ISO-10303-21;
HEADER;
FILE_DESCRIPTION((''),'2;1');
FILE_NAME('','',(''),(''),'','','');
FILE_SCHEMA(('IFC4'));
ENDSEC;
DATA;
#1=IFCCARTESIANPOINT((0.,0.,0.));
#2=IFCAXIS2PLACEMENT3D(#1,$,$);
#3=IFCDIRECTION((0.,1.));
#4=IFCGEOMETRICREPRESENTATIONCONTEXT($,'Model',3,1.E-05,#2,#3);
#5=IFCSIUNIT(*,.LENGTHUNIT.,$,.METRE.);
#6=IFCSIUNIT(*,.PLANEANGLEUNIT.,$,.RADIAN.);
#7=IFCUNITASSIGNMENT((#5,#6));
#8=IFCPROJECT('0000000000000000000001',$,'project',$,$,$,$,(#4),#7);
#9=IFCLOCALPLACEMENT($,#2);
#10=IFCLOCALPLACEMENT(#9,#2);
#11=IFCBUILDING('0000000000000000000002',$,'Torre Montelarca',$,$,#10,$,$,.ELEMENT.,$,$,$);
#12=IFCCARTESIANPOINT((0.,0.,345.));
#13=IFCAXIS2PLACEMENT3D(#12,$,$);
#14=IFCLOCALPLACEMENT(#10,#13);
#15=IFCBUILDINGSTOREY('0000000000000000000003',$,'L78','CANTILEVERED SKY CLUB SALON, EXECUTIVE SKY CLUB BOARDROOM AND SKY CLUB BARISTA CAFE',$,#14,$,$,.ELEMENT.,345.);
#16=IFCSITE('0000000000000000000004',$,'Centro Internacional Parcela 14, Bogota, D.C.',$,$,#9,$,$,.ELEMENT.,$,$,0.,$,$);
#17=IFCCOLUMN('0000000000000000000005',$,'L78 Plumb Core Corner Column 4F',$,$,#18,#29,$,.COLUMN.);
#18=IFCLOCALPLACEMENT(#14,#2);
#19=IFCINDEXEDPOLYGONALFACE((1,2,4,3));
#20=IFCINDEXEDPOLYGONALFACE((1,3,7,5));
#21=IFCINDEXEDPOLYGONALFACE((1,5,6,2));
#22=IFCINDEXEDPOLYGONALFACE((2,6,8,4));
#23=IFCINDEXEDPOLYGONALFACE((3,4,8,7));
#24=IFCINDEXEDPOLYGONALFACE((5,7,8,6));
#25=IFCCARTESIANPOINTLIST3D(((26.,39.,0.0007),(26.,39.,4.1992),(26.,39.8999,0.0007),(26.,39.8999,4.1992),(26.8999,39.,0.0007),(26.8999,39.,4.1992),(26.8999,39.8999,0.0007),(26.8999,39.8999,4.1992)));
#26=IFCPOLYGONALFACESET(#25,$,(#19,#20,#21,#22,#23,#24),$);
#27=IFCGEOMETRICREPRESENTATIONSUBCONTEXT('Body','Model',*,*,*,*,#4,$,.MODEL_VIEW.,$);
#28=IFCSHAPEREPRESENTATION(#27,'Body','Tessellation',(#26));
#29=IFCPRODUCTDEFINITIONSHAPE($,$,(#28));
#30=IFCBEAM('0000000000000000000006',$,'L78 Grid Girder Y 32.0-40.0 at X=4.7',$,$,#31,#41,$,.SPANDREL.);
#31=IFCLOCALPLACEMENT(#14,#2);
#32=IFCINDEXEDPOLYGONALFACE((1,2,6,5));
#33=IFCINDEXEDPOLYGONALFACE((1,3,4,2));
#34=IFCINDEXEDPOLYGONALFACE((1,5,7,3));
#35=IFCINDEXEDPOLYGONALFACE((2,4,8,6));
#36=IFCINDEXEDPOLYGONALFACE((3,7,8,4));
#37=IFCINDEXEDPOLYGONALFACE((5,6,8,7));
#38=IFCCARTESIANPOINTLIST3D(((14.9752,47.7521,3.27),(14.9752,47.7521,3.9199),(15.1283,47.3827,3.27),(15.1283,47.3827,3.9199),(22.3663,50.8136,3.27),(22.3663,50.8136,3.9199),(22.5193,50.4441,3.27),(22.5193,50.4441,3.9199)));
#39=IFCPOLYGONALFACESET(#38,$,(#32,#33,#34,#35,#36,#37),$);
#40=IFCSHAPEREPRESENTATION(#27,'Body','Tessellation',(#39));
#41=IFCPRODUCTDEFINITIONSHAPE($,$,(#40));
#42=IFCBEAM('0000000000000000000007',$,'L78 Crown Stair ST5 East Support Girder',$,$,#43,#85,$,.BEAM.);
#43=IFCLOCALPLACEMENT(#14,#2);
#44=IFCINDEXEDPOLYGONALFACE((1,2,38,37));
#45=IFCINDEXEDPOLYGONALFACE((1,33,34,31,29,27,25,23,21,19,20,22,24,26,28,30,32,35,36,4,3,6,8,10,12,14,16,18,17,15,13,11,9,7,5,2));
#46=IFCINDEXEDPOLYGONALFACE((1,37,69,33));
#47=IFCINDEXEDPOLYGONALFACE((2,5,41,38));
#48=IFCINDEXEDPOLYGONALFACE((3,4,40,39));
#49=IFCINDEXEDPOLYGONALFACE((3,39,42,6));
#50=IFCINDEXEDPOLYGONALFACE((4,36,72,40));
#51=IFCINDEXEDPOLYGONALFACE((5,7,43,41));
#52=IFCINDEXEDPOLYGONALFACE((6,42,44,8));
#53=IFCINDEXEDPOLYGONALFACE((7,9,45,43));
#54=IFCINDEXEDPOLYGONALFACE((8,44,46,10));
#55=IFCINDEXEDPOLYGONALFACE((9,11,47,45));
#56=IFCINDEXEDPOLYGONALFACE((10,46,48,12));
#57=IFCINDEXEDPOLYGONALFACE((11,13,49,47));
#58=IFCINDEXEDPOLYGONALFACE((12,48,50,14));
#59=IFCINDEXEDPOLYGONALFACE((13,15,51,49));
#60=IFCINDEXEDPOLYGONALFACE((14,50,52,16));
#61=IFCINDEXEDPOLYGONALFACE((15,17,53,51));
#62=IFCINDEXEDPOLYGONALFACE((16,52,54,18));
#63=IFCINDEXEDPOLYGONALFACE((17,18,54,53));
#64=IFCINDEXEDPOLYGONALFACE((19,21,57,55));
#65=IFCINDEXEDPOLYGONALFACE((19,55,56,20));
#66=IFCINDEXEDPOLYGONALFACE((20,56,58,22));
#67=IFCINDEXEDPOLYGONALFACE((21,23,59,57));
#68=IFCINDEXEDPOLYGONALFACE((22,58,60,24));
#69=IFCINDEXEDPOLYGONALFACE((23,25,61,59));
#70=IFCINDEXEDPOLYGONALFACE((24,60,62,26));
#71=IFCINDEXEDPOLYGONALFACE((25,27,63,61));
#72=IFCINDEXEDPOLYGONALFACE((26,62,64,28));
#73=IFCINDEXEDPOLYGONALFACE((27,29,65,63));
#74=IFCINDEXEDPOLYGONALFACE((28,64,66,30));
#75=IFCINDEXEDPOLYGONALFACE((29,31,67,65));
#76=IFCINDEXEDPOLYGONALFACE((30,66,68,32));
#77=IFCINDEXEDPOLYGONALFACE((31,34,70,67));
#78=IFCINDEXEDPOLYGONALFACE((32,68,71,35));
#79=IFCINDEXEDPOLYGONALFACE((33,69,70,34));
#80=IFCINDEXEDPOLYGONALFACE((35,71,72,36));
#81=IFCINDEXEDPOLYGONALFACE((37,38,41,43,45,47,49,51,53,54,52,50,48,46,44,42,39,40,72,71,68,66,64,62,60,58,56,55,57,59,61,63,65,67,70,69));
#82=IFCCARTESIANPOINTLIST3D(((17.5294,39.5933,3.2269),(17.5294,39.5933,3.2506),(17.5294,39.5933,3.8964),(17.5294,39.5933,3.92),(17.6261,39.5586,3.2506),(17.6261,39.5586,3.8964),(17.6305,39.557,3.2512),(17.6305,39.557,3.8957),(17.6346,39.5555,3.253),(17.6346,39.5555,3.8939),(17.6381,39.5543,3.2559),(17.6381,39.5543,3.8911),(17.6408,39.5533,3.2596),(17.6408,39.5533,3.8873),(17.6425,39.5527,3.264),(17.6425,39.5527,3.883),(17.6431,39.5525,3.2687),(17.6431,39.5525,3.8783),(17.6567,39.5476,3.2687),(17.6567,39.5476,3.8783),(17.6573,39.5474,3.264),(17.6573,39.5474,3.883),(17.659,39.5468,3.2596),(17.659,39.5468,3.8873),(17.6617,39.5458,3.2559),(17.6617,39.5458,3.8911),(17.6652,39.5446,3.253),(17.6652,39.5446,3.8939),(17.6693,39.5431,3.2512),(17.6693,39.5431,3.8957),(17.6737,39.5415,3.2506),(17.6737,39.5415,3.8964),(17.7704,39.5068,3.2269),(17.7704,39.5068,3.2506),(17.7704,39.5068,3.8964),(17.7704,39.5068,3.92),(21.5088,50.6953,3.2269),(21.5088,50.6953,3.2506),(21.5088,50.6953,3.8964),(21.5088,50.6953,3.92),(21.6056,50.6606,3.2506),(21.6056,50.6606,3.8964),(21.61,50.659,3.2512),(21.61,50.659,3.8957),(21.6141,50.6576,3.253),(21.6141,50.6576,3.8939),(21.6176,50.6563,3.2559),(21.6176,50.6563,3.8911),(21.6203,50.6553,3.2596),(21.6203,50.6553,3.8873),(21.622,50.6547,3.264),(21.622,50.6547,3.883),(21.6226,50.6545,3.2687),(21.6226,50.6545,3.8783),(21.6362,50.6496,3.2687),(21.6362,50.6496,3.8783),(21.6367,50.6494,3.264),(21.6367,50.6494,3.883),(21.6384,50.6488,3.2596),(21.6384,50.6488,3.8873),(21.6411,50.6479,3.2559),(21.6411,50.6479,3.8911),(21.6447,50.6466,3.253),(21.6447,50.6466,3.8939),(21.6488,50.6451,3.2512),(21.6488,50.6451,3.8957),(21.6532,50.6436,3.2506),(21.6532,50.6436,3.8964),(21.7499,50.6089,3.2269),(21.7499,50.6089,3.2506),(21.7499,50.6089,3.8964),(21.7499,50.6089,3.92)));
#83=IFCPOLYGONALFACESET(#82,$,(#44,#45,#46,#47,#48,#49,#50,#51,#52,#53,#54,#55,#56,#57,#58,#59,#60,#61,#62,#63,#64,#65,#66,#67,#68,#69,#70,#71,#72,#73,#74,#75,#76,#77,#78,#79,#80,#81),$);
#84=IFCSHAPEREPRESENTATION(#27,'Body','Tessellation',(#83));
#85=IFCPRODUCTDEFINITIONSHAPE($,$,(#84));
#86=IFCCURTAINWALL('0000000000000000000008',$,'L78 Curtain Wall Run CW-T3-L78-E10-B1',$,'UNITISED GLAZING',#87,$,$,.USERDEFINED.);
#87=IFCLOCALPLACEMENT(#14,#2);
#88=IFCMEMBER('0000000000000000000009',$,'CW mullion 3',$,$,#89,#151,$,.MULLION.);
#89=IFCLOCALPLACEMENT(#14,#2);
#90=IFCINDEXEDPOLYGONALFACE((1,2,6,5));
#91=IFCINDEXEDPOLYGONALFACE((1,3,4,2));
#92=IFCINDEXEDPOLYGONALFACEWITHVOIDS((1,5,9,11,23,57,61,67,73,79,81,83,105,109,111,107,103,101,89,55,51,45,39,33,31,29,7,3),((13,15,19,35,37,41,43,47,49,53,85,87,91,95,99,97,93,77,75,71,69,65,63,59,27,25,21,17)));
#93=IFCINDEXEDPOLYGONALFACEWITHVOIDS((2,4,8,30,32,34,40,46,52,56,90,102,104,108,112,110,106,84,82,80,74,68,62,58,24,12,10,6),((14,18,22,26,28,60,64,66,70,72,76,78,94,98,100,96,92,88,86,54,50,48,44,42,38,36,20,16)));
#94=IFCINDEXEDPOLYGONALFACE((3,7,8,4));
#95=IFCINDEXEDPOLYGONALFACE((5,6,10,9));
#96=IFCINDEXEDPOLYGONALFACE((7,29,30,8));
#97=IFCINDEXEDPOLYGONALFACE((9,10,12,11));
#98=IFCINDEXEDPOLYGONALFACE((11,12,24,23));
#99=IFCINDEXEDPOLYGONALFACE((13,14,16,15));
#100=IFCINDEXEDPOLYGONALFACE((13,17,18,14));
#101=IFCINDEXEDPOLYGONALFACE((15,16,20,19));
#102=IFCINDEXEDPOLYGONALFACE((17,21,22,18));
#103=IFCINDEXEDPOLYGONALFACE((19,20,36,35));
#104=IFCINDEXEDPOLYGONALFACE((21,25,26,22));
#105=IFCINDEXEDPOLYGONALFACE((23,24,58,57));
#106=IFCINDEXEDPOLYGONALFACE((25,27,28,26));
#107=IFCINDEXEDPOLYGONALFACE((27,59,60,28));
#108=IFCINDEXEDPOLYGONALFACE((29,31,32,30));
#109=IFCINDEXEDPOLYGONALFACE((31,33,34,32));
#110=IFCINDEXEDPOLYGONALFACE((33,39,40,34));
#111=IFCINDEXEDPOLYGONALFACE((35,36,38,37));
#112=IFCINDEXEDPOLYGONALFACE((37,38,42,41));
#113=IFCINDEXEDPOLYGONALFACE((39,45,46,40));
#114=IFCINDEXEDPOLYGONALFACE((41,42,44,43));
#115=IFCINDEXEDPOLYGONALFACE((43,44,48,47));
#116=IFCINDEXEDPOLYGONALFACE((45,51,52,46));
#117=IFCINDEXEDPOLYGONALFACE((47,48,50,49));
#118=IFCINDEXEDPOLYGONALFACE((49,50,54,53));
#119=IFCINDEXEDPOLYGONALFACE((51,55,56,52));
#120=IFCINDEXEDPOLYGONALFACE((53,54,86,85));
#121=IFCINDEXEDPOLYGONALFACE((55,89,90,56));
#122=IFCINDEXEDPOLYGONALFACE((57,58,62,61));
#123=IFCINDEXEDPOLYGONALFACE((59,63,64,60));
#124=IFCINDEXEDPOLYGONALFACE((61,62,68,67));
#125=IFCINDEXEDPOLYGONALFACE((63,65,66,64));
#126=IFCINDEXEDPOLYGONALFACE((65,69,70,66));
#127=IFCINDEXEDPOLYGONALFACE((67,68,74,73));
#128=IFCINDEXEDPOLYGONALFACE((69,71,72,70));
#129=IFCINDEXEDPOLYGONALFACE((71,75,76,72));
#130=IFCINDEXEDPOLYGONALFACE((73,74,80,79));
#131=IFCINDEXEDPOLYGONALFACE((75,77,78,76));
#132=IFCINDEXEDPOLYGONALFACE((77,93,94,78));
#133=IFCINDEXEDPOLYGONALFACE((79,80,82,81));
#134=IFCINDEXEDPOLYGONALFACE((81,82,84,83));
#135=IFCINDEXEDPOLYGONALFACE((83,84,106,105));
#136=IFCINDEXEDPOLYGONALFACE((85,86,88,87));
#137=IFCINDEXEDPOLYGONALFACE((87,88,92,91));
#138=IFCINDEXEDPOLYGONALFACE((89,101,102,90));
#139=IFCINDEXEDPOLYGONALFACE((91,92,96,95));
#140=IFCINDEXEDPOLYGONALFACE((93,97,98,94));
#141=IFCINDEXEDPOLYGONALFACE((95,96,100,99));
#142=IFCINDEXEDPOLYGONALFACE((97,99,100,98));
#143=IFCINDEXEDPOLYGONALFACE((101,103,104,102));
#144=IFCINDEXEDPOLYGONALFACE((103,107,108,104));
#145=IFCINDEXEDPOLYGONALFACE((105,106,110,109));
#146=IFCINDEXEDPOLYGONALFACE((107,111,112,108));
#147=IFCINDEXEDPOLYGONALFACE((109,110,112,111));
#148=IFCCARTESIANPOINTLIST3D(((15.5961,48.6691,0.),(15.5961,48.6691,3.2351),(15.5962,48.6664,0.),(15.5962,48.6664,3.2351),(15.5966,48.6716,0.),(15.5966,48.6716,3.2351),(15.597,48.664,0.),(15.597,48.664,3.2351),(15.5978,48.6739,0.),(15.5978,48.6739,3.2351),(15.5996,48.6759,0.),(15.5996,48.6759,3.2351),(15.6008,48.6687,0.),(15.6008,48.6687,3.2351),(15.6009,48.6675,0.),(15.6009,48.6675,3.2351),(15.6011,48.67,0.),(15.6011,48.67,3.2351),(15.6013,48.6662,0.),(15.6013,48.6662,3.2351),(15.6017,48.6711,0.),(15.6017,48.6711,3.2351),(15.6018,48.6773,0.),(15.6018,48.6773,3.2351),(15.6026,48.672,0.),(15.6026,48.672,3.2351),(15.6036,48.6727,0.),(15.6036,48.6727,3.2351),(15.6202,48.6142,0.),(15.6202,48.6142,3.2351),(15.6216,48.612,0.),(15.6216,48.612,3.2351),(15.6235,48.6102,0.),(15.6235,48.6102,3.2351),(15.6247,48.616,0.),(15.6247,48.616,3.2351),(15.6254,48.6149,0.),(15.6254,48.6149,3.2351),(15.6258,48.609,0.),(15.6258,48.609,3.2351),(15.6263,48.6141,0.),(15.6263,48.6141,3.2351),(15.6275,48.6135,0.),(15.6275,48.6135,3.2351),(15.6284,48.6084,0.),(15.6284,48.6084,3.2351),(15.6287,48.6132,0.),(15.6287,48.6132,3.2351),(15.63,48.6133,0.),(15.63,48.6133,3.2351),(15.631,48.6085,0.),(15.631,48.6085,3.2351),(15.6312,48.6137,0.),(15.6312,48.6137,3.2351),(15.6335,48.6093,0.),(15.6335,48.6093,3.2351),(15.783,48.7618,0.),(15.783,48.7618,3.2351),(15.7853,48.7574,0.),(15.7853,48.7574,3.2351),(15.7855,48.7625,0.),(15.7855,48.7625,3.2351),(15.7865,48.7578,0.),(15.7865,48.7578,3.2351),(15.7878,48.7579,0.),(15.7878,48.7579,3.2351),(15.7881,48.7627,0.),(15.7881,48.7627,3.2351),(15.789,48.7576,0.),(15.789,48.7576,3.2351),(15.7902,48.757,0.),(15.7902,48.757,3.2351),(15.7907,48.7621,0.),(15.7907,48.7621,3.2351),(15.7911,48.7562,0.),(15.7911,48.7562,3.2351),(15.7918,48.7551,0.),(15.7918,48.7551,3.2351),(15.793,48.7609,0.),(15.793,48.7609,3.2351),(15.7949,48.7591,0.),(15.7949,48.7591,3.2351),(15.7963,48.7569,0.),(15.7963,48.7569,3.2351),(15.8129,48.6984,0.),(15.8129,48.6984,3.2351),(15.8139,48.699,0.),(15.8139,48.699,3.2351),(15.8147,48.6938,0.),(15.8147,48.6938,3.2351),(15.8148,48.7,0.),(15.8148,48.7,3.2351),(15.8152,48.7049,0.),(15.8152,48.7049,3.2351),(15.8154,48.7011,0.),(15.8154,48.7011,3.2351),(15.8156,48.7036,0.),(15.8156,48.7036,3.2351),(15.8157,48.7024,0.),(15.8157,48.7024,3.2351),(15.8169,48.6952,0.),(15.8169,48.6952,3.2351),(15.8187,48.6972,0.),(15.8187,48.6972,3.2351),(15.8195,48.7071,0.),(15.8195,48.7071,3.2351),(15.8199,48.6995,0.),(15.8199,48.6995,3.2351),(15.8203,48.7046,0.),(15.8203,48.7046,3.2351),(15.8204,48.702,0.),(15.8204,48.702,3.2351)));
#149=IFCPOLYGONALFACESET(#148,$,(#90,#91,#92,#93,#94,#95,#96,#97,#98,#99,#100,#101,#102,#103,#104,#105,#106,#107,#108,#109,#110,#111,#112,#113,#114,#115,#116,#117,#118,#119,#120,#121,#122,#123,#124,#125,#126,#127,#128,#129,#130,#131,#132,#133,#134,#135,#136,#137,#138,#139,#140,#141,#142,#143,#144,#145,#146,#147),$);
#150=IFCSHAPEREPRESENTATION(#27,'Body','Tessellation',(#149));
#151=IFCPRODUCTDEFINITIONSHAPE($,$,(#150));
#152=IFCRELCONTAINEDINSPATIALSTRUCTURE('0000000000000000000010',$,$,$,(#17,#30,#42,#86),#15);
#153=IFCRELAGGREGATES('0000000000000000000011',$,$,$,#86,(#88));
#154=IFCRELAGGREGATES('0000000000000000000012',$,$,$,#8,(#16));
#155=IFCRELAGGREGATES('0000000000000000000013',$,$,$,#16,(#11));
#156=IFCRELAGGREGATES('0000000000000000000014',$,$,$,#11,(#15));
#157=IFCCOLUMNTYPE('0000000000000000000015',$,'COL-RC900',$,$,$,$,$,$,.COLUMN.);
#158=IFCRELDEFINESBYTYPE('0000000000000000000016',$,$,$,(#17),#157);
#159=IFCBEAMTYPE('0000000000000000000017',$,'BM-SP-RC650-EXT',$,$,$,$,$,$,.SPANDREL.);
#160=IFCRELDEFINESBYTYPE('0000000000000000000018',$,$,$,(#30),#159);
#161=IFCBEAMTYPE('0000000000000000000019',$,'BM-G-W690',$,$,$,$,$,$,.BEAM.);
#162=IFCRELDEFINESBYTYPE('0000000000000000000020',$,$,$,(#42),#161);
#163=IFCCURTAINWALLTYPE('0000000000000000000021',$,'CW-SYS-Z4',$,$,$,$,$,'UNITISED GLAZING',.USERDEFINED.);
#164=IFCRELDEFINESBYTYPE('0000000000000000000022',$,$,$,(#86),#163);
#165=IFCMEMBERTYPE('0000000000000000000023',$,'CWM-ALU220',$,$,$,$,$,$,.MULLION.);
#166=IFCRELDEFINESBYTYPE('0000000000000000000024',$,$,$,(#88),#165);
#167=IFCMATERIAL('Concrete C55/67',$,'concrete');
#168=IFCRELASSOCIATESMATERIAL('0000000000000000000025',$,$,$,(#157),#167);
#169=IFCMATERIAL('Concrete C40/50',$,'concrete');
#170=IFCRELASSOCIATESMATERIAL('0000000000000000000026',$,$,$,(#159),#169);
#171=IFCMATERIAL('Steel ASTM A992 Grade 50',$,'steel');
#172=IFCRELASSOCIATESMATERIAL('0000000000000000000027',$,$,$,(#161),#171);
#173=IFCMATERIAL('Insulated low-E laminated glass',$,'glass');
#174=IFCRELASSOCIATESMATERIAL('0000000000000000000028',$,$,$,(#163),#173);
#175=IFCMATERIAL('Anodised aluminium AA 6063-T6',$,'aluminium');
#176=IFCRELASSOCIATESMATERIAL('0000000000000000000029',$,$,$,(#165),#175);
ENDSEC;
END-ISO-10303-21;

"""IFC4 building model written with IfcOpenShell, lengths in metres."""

from ifc_helpers import new_model, si_unit, direction, frame, origin, origin_2d, place, context, subcontext, project, spatial, rectangle, hollow_rectangle, i_section, extrude, source, transform, mapped, material, material_profile, profile_set, type_object, element, aggregate, save


model = new_model("IFC4")

# Units and contexts
model_context = context("Model", 3, precision=1e-05, world=origin(), true_north=direction((0.0, 1.0)))
body_context = subcontext(model_context, "Body", "Model", "MODEL_VIEW")
ifc_project = project(units=[si_unit("LENGTHUNIT", "METRE"), si_unit("PLANEANGLEUNIT", "RADIAN")], contexts=[model_context])

# Site, building, storey
site_placement = place(None, origin())
site = spatial("IfcSite", under=ifc_project, at=site_placement, Name="Centro Internacional Parcela 14, Bogota, D.C.", CompositionType="ELEMENT", RefElevation=0.0)
building_placement = place(site_placement, origin())
building = spatial("IfcBuilding", under=site, at=building_placement, Name="Torre Montelarca", CompositionType="ELEMENT")
storey_placement = place(building_placement, frame((0.0, 0.0, 345.0)))
storey = spatial("IfcBuildingStorey", under=building, at=storey_placement, Name="L78", Description="CANTILEVERED SKY CLUB SALON, EXECUTIVE SKY CLUB BOARDROOM AND SKY CLUB BARISTA CAFE", CompositionType="ELEMENT", Elevation=345.0)

# Column
ifc_material_1 = material(Name="Concrete C40/50", Category="concrete")
ifc_material_2 = material(Name="Concrete C55/67", Category="concrete")
ifc_material_profile_1 = material_profile(ifc_material_2, rectangle(XDim=0.8999, YDim=0.8999, at=origin_2d()), Name="RC900X900", Category="concrete")
ifc_profile_set_1 = profile_set([ifc_material_profile_1], Name="Concrete C55/67")
column_type_1 = type_object("IfcColumnType", Name="COL-RC900", PredefinedType="COLUMN", material=ifc_profile_set_1)
shared_shape_1 = source(origin(), body_context, "Body", "SweptSolid", [
    extrude(rectangle(XDim=0.8999, YDim=0.8999, at=origin_2d()), origin(), (0.0, 0.0, 1.0), 4.1985),
])
column_1_placement = place(storey_placement, frame((26.45, 39.45, 0.0007), z_axis=(0.0, 0.0, 1.0), x_axis=(1.0, 0.0, 0.0)))
element("IfcColumn", 1, at=column_1_placement, inside=storey, type_object=column_type_1, Name="L78 Plumb Core Corner Column 4F", PredefinedType="COLUMN", context=body_context, shape_type="MappedRepresentation", body=[
    mapped(shared_shape_1, transform((0.0, 0.0, 0.0), scale=1.0)),
])

# Beams
ifc_material_profile_2 = material_profile(ifc_material_1, rectangle(XDim=0.3999, YDim=0.6499, at=origin_2d()), Name="RCB400X650", Category="concrete")
ifc_profile_set_2 = profile_set([ifc_material_profile_2], Name="Concrete C40/50")
beam_type_1 = type_object("IfcBeamType", Name="BM-SP-RC650-EXT", PredefinedType="SPANDREL", material=ifc_profile_set_2)
shared_shape_2 = source(origin(), body_context, "Body", "SweptSolid", [
    extrude(rectangle(XDim=0.3999, YDim=0.6499, at=origin_2d()), origin(), (0.0, 0.0, 1.0), 8.0),
])
beam_1_placement = place(storey_placement, frame((15.0518, 47.5674, 3.595), z_axis=(0.923878, 0.382686, 0.0), x_axis=(-0.382686, 0.923878, 0.0)))
element("IfcBeam", 2, at=beam_1_placement, inside=storey, type_object=beam_type_1, Name="L78 Grid Girder Y 32.0-40.0 at X=4.7", PredefinedType="SPANDREL", context=body_context, shape_type="MappedRepresentation", body=[
    mapped(shared_shape_2, transform((0.0, 0.0, 0.0), scale=1.0)),
])
ifc_material_3 = material(Name="Steel ASTM A992 Grade 50", Category="steel")
ifc_material_profile_3 = material_profile(ifc_material_3, i_section(OverallWidth=0.2561, OverallDepth=0.6931, WebThickness=0.0144, FlangeThickness=0.0237, FilletRadius=0.0181, at=origin_2d()), Name="W690X170", Category="steel")
ifc_profile_set_3 = profile_set([ifc_material_profile_3], Name="Steel ASTM A992 Grade 50")
beam_type_2 = type_object("IfcBeamType", Name="BM-G-W690", PredefinedType="BEAM", material=ifc_profile_set_3)
shared_shape_3 = source(origin(), body_context, "Body", "SweptSolid", [
    extrude(i_section(OverallWidth=0.2561, OverallDepth=0.6931, WebThickness=0.0144, FlangeThickness=0.0237, FilletRadius=0.0181, at=origin_2d()), origin(), (0.0, 0.0, 1.0), 11.7937),
])
beam_2_placement = place(storey_placement, frame((17.6499, 39.55, 3.5735), z_axis=(0.337425, 0.941353, 0.0), x_axis=(-0.941353, 0.337425, 0.0)))
element("IfcBeam", 3, at=beam_2_placement, inside=storey, type_object=beam_type_2, Name="L78 Crown Stair ST5 East Support Girder", PredefinedType="BEAM", context=body_context, shape_type="MappedRepresentation", body=[
    mapped(shared_shape_3, transform((0.0, 0.0, 0.0), scale=1.0)),
])

# Curtain wall, member
ifc_material_4 = material(Name="Insulated low-E laminated glass", Category="glass")
curtain_wall_type = type_object("IfcCurtainWallType", Name="CW-SYS-Z4", ElementType="UNITISED GLAZING", PredefinedType="USERDEFINED", material=ifc_material_4)
curtain_wall_placement = place(storey_placement, origin())
curtain_wall = element("IfcCurtainWall", 4, at=curtain_wall_placement, inside=storey, type_object=curtain_wall_type, Name="L78 Curtain Wall Run CW-T3-L78-E10-B1", ObjectType="UNITISED GLAZING", PredefinedType="USERDEFINED")
ifc_material_5 = material(Name="Anodised aluminium AA 6063-T6", Category="aluminium")
ifc_material_profile_4 = material_profile(ifc_material_5, hollow_rectangle(XDim=0.075, YDim=0.22, WallThickness=0.0049, InnerFilletRadius=0.0049, OuterFilletRadius=0.01, at=origin_2d()), Name="ALU75X220X5", Category="aluminium")
ifc_profile_set_4 = profile_set([ifc_material_profile_4], Name="Anodised aluminium AA 6063-T6")
member_type = type_object("IfcMemberType", Name="CWM-ALU220", PredefinedType="MULLION", material=ifc_profile_set_4)
shared_shape_4 = source(origin(), body_context, "Body", "SweptSolid", [
    extrude(hollow_rectangle(XDim=0.075, YDim=0.22, WallThickness=0.0049, InnerFilletRadius=0.0049, OuterFilletRadius=0.01, at=origin_2d()), origin(), (0.0, 0.0, 1.0), 3.2351),
])
member_placement = place(storey_placement, frame((15.7083, 48.6855, 0.0), z_axis=(0.0, 0.0, 1.0), x_axis=(0.422624, -0.906305, 0.0)))
member = element("IfcMember", 5, at=member_placement, type_object=member_type, Name="CW mullion 3", PredefinedType="MULLION", context=body_context, shape_type="MappedRepresentation", body=[
    mapped(shared_shape_4, transform((0.0, 0.0, 0.0), scale=1.0)),
])
aggregate(curtain_wall, [member])

save(model, "model.ifc")
